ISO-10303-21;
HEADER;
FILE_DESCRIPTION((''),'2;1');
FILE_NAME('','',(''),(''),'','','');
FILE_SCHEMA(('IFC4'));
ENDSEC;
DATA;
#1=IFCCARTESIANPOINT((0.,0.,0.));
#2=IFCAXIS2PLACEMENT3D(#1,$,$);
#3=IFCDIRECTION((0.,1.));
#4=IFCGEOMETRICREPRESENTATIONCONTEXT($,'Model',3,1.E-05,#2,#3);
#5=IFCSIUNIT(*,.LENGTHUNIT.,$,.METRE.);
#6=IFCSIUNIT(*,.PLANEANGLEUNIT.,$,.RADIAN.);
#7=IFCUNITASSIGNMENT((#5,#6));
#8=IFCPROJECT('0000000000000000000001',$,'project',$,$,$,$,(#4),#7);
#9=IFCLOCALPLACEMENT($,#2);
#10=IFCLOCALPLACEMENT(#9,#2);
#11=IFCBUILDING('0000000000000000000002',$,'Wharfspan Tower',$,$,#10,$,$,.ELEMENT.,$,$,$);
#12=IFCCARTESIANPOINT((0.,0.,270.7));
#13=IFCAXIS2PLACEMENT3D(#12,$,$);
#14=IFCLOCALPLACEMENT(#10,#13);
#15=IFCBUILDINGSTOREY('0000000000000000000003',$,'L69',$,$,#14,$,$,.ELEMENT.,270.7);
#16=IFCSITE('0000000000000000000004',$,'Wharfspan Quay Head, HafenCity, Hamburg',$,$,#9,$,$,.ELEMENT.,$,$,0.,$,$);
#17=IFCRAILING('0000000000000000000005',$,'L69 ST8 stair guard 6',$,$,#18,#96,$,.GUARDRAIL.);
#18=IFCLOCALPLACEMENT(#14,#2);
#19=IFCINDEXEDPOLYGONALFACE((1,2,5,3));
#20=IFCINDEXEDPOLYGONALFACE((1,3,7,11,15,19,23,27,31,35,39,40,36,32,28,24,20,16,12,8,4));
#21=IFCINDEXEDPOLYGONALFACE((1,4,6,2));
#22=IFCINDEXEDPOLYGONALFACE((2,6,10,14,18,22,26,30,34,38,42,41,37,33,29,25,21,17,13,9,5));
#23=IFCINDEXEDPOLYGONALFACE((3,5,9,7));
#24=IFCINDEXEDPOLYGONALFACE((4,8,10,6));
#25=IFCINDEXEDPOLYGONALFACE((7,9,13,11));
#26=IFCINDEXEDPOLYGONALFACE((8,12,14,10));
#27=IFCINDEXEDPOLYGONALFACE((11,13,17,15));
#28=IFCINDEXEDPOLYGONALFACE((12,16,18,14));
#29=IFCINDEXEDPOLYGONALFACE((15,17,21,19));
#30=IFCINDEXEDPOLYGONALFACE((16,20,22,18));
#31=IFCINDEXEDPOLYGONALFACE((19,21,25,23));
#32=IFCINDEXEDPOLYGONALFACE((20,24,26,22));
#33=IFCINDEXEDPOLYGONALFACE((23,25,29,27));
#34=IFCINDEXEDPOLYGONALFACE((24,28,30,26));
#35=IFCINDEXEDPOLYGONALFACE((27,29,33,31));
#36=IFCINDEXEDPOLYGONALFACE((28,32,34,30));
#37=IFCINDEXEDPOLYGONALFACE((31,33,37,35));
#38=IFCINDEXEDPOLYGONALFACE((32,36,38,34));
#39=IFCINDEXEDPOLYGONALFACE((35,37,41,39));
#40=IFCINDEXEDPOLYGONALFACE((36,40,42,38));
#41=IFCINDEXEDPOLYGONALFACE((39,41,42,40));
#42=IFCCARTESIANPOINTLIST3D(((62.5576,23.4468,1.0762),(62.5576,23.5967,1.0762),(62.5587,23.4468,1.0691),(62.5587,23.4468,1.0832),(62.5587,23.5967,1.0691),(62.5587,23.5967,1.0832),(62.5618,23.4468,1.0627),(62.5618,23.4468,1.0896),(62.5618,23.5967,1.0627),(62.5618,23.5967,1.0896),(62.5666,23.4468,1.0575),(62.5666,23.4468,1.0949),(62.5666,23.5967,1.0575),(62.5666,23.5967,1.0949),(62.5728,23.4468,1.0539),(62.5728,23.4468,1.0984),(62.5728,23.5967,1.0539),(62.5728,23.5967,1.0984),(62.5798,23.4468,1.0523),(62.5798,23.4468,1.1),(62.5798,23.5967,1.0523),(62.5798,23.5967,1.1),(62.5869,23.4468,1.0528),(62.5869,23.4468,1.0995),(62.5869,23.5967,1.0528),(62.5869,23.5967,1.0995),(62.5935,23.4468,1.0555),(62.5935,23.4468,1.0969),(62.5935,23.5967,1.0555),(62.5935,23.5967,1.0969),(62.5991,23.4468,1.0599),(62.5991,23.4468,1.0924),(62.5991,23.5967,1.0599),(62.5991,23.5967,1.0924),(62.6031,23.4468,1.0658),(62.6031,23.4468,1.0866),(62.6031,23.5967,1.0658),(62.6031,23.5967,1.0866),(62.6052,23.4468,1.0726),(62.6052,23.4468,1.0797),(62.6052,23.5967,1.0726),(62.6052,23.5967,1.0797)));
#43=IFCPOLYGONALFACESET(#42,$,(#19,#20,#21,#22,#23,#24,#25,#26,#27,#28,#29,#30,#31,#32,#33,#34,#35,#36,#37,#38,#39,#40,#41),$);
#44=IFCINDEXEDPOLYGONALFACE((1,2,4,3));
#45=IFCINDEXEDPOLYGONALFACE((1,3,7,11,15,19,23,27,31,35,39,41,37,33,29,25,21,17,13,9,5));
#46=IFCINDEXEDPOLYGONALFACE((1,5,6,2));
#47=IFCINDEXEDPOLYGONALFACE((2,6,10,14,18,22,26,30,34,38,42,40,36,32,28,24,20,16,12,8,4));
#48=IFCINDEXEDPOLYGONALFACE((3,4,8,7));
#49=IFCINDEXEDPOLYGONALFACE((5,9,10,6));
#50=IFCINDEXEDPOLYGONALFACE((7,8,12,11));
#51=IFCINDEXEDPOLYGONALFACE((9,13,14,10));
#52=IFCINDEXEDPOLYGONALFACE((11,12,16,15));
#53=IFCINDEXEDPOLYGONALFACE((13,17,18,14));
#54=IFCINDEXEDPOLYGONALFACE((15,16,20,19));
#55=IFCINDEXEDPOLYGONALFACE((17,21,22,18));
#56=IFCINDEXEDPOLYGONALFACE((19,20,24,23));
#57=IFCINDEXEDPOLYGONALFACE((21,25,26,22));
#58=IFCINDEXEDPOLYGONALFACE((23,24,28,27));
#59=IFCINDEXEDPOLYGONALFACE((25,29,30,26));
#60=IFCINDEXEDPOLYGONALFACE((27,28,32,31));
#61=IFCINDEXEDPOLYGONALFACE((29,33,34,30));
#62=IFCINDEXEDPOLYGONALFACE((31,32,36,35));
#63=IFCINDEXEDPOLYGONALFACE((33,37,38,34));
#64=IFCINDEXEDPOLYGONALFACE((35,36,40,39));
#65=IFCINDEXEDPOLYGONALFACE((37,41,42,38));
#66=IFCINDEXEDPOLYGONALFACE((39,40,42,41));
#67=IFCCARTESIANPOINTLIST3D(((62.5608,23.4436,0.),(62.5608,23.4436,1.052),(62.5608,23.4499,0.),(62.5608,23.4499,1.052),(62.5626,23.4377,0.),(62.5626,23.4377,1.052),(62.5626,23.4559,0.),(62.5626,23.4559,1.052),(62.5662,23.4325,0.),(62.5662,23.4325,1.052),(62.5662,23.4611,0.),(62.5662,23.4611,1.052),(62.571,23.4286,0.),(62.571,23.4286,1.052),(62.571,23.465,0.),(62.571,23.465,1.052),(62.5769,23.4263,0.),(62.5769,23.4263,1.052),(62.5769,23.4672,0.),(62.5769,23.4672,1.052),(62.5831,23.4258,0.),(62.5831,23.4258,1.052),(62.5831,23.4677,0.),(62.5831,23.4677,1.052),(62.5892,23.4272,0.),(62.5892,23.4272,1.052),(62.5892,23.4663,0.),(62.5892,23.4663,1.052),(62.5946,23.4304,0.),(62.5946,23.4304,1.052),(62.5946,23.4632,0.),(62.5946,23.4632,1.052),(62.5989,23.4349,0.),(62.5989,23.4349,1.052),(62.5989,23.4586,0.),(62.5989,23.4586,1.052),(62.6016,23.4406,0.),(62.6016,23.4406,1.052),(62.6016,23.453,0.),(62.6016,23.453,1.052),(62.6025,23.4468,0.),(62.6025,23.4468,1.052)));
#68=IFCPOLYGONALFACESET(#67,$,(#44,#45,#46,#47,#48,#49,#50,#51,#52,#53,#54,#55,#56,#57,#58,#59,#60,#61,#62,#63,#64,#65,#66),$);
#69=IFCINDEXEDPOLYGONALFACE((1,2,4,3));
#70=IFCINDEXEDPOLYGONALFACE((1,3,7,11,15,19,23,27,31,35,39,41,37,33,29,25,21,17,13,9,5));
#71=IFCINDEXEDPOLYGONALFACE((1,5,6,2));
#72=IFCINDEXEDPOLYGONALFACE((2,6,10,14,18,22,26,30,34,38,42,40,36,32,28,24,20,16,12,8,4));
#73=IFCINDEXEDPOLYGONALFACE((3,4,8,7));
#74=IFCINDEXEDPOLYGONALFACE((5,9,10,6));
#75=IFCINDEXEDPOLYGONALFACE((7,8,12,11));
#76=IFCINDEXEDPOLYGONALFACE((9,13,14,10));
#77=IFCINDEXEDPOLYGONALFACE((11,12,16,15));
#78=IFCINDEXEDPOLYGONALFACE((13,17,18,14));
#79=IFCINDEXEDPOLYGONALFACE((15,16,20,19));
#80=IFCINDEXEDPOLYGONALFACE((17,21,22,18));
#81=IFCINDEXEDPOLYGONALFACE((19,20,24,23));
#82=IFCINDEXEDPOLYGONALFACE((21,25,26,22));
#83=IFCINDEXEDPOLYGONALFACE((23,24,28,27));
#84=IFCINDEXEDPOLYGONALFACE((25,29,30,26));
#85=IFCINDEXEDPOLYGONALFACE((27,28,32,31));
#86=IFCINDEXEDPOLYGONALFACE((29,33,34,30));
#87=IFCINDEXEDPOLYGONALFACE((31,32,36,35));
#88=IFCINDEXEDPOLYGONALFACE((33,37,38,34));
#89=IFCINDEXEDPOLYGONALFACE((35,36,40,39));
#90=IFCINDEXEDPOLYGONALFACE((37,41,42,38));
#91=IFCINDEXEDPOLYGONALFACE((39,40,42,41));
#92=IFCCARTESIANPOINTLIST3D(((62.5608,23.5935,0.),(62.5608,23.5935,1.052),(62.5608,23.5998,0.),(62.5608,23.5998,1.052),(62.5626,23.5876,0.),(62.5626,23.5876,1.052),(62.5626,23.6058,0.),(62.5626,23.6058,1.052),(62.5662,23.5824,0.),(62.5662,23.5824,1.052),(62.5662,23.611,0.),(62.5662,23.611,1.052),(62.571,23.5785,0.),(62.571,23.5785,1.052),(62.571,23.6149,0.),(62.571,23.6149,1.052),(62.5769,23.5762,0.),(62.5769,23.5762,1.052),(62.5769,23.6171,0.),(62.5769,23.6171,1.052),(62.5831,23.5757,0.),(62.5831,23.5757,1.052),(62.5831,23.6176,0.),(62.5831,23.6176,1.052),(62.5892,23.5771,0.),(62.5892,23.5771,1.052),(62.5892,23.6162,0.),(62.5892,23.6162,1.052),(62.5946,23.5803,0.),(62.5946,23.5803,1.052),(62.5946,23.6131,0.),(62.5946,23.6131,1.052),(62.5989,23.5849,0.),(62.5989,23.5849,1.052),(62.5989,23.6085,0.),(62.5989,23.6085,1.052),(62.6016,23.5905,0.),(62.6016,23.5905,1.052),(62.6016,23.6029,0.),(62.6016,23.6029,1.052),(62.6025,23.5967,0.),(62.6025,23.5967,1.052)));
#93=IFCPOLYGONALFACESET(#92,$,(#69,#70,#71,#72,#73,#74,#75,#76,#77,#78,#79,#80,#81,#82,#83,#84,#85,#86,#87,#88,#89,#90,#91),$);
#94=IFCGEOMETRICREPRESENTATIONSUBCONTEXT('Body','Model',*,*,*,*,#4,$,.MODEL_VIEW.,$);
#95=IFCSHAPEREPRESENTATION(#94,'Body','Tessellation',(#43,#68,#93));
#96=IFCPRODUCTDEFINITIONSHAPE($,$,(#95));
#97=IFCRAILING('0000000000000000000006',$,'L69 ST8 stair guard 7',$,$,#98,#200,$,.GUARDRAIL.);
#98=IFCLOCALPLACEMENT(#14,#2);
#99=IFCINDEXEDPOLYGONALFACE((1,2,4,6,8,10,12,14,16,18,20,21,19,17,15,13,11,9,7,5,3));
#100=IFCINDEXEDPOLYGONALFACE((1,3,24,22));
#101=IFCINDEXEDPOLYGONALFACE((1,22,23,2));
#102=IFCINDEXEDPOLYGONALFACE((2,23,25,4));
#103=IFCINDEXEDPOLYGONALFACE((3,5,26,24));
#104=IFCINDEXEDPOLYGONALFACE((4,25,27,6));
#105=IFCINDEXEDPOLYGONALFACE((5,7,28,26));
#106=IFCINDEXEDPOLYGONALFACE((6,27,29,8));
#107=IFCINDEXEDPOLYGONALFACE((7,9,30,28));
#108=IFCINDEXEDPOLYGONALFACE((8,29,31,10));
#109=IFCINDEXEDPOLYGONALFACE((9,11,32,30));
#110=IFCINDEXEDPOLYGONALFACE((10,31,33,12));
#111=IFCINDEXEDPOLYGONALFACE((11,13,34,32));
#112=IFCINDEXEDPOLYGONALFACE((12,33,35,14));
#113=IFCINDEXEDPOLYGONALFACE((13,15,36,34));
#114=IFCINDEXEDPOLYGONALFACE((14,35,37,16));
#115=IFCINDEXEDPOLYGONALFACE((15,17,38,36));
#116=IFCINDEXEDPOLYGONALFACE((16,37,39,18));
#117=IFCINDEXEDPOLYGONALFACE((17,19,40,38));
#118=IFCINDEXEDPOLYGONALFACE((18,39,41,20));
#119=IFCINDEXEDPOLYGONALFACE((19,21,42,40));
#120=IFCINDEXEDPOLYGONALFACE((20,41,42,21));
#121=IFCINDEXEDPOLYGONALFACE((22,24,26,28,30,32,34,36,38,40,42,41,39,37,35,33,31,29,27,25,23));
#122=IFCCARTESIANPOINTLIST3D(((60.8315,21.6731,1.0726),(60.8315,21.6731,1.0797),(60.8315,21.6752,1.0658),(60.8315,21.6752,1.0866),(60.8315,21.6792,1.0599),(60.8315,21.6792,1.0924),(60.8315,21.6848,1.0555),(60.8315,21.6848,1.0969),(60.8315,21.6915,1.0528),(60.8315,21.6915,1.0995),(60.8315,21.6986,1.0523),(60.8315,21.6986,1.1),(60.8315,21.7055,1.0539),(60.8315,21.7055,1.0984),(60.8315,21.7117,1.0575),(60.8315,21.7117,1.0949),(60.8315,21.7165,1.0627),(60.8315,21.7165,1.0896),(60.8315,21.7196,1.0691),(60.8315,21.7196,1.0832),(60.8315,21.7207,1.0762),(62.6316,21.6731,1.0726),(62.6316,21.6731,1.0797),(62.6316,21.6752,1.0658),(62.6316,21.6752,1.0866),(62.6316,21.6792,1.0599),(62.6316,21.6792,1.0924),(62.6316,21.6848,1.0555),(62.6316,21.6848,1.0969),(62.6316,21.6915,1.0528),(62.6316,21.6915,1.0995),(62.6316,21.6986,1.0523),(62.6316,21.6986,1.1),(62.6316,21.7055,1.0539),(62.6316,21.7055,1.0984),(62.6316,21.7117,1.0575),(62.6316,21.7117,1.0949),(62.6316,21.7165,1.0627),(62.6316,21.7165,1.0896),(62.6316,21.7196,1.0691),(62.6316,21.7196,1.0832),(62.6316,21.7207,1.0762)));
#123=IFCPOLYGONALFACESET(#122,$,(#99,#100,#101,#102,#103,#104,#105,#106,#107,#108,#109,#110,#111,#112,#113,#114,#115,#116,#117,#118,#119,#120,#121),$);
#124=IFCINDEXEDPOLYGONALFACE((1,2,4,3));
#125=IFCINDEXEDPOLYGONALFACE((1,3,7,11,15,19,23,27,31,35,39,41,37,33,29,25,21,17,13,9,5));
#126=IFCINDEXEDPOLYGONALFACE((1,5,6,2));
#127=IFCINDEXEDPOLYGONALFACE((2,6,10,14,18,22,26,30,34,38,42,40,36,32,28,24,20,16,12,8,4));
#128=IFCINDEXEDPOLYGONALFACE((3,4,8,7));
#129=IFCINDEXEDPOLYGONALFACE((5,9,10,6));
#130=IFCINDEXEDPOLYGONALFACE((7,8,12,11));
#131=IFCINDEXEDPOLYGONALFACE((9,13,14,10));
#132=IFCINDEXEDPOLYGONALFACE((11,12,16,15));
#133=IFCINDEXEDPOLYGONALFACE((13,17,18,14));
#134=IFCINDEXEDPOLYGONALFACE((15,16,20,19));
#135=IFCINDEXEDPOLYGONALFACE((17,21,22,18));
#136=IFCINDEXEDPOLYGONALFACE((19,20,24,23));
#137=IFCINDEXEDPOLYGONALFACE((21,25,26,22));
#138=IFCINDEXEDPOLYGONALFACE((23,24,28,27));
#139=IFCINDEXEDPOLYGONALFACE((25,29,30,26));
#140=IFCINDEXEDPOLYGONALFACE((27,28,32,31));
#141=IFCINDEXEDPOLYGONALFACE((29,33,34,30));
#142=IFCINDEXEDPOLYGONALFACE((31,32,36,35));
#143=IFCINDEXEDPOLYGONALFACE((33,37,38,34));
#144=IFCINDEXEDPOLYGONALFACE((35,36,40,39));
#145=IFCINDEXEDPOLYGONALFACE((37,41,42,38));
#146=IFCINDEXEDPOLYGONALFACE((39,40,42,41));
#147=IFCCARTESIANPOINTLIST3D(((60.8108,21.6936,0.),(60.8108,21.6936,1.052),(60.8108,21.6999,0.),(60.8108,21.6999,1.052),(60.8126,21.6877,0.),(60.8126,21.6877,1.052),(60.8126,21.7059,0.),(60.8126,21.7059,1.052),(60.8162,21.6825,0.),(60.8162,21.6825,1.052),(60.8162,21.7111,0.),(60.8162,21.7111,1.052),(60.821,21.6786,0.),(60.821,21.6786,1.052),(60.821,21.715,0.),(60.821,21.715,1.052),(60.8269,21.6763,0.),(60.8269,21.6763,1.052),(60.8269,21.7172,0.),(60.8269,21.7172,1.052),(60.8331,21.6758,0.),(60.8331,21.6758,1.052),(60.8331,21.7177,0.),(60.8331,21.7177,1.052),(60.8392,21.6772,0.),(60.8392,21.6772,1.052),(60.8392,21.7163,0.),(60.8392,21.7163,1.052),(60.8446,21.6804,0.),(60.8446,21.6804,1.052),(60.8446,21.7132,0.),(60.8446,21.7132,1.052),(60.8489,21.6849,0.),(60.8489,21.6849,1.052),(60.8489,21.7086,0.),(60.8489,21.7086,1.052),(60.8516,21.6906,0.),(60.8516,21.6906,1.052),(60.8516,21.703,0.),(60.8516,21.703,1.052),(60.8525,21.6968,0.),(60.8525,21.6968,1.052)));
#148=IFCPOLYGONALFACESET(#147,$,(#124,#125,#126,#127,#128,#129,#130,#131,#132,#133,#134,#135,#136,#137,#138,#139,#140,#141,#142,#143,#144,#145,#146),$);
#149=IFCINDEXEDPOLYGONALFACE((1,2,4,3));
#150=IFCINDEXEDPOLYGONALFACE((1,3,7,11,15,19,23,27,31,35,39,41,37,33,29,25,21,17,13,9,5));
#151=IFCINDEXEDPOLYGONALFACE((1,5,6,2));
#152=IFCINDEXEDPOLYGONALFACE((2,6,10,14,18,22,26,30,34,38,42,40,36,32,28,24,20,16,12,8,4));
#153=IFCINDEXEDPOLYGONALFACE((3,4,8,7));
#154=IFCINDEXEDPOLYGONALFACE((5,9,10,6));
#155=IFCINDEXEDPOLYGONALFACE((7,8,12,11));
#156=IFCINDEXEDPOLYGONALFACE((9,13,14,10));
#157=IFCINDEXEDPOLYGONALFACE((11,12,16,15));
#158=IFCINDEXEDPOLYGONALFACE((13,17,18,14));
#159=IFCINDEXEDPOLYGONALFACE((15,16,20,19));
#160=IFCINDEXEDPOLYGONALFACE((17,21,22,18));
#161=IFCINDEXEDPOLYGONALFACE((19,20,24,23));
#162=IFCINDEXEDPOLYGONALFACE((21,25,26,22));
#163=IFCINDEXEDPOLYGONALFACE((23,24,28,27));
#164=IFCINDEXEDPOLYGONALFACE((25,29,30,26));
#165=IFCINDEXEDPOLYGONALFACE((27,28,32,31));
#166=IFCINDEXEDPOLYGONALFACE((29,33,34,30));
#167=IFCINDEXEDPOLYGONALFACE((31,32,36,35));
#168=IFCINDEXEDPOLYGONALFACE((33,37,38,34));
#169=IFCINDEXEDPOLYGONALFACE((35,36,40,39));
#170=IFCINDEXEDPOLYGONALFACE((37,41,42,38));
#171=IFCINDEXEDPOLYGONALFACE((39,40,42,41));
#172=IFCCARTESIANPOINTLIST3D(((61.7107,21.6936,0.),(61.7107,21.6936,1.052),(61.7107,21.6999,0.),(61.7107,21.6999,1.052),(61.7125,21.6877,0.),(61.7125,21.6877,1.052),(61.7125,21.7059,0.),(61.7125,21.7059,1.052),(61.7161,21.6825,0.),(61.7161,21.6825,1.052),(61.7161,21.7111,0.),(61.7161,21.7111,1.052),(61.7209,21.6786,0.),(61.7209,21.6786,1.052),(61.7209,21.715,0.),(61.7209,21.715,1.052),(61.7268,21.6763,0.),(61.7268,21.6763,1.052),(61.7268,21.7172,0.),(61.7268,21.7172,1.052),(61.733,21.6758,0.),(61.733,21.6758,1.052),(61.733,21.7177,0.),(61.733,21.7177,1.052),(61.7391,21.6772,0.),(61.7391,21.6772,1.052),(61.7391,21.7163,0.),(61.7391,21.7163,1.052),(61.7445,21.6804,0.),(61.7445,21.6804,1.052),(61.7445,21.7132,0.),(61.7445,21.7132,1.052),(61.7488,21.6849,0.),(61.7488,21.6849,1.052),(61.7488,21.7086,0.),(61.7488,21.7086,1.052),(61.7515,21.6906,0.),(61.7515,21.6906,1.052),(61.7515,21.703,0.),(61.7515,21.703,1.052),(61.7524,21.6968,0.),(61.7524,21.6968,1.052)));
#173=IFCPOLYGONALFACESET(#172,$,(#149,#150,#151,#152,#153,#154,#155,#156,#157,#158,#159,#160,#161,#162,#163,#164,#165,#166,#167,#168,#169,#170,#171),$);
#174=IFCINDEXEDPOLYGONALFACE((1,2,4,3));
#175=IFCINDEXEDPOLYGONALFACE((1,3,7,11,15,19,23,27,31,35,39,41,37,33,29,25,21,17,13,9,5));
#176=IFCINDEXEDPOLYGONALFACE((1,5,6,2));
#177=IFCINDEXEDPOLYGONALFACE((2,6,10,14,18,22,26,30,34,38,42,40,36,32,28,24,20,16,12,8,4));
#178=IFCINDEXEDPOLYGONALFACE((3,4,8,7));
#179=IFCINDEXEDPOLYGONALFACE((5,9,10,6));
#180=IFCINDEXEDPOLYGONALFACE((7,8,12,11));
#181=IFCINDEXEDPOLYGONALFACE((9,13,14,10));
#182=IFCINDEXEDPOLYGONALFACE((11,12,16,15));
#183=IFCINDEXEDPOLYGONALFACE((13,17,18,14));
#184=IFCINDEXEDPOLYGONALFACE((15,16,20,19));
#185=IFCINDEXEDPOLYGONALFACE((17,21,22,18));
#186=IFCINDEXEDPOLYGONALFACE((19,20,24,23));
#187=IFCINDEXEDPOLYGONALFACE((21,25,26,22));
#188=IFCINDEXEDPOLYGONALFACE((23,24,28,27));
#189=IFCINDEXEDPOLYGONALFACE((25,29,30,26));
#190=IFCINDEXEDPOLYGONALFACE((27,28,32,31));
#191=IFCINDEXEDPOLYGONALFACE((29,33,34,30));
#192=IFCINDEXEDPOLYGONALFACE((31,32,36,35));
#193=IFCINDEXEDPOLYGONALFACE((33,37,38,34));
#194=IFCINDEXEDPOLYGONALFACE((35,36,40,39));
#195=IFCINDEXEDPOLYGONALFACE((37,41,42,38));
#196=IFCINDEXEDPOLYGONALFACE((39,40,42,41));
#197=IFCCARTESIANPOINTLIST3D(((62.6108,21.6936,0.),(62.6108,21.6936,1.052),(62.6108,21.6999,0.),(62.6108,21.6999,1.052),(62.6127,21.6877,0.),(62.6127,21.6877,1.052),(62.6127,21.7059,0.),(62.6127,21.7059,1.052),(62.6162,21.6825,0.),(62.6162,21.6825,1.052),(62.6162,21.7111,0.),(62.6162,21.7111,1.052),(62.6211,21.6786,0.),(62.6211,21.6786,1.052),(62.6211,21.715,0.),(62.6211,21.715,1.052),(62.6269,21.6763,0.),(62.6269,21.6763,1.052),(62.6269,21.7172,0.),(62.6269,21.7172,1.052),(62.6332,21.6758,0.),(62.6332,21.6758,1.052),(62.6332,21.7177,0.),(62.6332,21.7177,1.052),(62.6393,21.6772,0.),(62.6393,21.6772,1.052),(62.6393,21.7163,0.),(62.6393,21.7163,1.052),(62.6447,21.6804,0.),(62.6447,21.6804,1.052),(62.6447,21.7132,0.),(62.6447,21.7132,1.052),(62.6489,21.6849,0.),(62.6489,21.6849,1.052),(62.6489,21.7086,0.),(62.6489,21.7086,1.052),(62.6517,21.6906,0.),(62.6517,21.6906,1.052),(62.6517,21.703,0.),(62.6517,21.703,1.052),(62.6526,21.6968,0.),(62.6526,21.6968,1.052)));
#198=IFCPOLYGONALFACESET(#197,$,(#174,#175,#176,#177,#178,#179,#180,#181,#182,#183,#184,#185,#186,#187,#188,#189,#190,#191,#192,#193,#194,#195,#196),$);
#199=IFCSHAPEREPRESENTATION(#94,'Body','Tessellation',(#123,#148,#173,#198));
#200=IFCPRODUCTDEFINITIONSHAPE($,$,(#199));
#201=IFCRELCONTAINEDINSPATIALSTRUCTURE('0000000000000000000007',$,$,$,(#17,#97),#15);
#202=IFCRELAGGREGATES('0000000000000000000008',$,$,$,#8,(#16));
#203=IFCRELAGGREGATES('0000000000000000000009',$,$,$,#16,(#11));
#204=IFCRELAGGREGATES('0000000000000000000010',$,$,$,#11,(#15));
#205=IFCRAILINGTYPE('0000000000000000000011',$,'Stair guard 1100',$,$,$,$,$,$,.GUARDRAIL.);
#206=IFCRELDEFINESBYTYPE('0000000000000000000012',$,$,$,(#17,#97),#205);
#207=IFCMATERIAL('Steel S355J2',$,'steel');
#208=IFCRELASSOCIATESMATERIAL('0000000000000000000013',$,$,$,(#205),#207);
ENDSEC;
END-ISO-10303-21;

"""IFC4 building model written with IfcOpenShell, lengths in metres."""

from ifc_helpers import new_model, si_unit, direction, frame, origin, origin_2d, place, context, subcontext, project, spatial, circle, extrude, material, type_object, element, save


model = new_model("IFC4")

# Units and contexts
model_context = context("Model", 3, precision=1e-05, world=origin(), true_north=direction((0.0, 1.0)))
body_context = subcontext(model_context, "Body", "Model", "MODEL_VIEW")
ifc_project = project(units=[si_unit("LENGTHUNIT", "METRE"), si_unit("PLANEANGLEUNIT", "RADIAN")], contexts=[model_context])

# Site, building, storey
site_placement = place(None, origin())
site = spatial("IfcSite", under=ifc_project, at=site_placement, Name="Wharfspan Quay Head, HafenCity, Hamburg", CompositionType="ELEMENT", RefElevation=0.0)
building_placement = place(site_placement, origin())
building = spatial("IfcBuilding", under=site, at=building_placement, Name="Wharfspan Tower", CompositionType="ELEMENT")
storey_placement = place(building_placement, frame((0.0, 0.0, 270.7)))
storey = spatial("IfcBuildingStorey", under=building, at=storey_placement, Name="L69", CompositionType="ELEMENT", Elevation=270.7)

# Shared definitions
ifc_material_1 = material(Name="Steel S355J2", Category="steel")

# Railings
railing_type_1 = type_object("IfcRailingType", Name="Stair guard 1100", PredefinedType="GUARDRAIL", material=ifc_material_1)
railing_1_placement = place(storey_placement, frame((62.5815, 23.4468, 0.0)))
element("IfcRailing", 1, at=railing_1_placement, inside=storey, type_object=railing_type_1, Name="L69 ST8 stair guard 6", PredefinedType="GUARDRAIL", context=body_context, shape_type="SweptSolid", body=[
    extrude(circle(Radius=0.0239, at=origin_2d()), frame((0.0, 0.0, 1.0762), z_axis=(0.0, 1.0, 0.0), x_axis=(-1.0, 0.0, 0.0)), (0.0, 0.0, 1.0), 0.1499),
    extrude(circle(Radius=0.021, at=origin_2d()), origin(), (0.0, 0.0, 1.0), 1.052),
    extrude(circle(Radius=0.021, at=origin_2d()), frame((0.0, 0.1499, 0.0)), (0.0, 0.0, 1.0), 1.052),
])
for number, where, name in (
    (2, (60.8315, 21.6968, 0.0), "L69 ST8 stair guard 7"),
):
    element("IfcRailing", number, at=place(storey_placement, frame(where)), inside=storey, type_object=railing_type_1, Name=name, PredefinedType="GUARDRAIL", context=body_context, shape_type="SweptSolid", body=[
        extrude(circle(Radius=0.0239, at=origin_2d()), frame((0.0, 0.0, 1.0762), z_axis=(1.0, 0.0, 0.0), x_axis=(0.0, 1.0, 0.0)), (0.0, 0.0, 1.0), 1.8),
        extrude(circle(Radius=0.021, at=origin_2d()), origin(), (0.0, 0.0, 1.0), 1.052),
        extrude(circle(Radius=0.021, at=origin_2d()), frame((0.8999, 0.0, 0.0)), (0.0, 0.0, 1.0), 1.052),
        extrude(circle(Radius=0.021, at=origin_2d()), frame((1.8, 0.0, 0.0)), (0.0, 0.0, 1.0), 1.052),
    ])

save(model, "model.ifc")
